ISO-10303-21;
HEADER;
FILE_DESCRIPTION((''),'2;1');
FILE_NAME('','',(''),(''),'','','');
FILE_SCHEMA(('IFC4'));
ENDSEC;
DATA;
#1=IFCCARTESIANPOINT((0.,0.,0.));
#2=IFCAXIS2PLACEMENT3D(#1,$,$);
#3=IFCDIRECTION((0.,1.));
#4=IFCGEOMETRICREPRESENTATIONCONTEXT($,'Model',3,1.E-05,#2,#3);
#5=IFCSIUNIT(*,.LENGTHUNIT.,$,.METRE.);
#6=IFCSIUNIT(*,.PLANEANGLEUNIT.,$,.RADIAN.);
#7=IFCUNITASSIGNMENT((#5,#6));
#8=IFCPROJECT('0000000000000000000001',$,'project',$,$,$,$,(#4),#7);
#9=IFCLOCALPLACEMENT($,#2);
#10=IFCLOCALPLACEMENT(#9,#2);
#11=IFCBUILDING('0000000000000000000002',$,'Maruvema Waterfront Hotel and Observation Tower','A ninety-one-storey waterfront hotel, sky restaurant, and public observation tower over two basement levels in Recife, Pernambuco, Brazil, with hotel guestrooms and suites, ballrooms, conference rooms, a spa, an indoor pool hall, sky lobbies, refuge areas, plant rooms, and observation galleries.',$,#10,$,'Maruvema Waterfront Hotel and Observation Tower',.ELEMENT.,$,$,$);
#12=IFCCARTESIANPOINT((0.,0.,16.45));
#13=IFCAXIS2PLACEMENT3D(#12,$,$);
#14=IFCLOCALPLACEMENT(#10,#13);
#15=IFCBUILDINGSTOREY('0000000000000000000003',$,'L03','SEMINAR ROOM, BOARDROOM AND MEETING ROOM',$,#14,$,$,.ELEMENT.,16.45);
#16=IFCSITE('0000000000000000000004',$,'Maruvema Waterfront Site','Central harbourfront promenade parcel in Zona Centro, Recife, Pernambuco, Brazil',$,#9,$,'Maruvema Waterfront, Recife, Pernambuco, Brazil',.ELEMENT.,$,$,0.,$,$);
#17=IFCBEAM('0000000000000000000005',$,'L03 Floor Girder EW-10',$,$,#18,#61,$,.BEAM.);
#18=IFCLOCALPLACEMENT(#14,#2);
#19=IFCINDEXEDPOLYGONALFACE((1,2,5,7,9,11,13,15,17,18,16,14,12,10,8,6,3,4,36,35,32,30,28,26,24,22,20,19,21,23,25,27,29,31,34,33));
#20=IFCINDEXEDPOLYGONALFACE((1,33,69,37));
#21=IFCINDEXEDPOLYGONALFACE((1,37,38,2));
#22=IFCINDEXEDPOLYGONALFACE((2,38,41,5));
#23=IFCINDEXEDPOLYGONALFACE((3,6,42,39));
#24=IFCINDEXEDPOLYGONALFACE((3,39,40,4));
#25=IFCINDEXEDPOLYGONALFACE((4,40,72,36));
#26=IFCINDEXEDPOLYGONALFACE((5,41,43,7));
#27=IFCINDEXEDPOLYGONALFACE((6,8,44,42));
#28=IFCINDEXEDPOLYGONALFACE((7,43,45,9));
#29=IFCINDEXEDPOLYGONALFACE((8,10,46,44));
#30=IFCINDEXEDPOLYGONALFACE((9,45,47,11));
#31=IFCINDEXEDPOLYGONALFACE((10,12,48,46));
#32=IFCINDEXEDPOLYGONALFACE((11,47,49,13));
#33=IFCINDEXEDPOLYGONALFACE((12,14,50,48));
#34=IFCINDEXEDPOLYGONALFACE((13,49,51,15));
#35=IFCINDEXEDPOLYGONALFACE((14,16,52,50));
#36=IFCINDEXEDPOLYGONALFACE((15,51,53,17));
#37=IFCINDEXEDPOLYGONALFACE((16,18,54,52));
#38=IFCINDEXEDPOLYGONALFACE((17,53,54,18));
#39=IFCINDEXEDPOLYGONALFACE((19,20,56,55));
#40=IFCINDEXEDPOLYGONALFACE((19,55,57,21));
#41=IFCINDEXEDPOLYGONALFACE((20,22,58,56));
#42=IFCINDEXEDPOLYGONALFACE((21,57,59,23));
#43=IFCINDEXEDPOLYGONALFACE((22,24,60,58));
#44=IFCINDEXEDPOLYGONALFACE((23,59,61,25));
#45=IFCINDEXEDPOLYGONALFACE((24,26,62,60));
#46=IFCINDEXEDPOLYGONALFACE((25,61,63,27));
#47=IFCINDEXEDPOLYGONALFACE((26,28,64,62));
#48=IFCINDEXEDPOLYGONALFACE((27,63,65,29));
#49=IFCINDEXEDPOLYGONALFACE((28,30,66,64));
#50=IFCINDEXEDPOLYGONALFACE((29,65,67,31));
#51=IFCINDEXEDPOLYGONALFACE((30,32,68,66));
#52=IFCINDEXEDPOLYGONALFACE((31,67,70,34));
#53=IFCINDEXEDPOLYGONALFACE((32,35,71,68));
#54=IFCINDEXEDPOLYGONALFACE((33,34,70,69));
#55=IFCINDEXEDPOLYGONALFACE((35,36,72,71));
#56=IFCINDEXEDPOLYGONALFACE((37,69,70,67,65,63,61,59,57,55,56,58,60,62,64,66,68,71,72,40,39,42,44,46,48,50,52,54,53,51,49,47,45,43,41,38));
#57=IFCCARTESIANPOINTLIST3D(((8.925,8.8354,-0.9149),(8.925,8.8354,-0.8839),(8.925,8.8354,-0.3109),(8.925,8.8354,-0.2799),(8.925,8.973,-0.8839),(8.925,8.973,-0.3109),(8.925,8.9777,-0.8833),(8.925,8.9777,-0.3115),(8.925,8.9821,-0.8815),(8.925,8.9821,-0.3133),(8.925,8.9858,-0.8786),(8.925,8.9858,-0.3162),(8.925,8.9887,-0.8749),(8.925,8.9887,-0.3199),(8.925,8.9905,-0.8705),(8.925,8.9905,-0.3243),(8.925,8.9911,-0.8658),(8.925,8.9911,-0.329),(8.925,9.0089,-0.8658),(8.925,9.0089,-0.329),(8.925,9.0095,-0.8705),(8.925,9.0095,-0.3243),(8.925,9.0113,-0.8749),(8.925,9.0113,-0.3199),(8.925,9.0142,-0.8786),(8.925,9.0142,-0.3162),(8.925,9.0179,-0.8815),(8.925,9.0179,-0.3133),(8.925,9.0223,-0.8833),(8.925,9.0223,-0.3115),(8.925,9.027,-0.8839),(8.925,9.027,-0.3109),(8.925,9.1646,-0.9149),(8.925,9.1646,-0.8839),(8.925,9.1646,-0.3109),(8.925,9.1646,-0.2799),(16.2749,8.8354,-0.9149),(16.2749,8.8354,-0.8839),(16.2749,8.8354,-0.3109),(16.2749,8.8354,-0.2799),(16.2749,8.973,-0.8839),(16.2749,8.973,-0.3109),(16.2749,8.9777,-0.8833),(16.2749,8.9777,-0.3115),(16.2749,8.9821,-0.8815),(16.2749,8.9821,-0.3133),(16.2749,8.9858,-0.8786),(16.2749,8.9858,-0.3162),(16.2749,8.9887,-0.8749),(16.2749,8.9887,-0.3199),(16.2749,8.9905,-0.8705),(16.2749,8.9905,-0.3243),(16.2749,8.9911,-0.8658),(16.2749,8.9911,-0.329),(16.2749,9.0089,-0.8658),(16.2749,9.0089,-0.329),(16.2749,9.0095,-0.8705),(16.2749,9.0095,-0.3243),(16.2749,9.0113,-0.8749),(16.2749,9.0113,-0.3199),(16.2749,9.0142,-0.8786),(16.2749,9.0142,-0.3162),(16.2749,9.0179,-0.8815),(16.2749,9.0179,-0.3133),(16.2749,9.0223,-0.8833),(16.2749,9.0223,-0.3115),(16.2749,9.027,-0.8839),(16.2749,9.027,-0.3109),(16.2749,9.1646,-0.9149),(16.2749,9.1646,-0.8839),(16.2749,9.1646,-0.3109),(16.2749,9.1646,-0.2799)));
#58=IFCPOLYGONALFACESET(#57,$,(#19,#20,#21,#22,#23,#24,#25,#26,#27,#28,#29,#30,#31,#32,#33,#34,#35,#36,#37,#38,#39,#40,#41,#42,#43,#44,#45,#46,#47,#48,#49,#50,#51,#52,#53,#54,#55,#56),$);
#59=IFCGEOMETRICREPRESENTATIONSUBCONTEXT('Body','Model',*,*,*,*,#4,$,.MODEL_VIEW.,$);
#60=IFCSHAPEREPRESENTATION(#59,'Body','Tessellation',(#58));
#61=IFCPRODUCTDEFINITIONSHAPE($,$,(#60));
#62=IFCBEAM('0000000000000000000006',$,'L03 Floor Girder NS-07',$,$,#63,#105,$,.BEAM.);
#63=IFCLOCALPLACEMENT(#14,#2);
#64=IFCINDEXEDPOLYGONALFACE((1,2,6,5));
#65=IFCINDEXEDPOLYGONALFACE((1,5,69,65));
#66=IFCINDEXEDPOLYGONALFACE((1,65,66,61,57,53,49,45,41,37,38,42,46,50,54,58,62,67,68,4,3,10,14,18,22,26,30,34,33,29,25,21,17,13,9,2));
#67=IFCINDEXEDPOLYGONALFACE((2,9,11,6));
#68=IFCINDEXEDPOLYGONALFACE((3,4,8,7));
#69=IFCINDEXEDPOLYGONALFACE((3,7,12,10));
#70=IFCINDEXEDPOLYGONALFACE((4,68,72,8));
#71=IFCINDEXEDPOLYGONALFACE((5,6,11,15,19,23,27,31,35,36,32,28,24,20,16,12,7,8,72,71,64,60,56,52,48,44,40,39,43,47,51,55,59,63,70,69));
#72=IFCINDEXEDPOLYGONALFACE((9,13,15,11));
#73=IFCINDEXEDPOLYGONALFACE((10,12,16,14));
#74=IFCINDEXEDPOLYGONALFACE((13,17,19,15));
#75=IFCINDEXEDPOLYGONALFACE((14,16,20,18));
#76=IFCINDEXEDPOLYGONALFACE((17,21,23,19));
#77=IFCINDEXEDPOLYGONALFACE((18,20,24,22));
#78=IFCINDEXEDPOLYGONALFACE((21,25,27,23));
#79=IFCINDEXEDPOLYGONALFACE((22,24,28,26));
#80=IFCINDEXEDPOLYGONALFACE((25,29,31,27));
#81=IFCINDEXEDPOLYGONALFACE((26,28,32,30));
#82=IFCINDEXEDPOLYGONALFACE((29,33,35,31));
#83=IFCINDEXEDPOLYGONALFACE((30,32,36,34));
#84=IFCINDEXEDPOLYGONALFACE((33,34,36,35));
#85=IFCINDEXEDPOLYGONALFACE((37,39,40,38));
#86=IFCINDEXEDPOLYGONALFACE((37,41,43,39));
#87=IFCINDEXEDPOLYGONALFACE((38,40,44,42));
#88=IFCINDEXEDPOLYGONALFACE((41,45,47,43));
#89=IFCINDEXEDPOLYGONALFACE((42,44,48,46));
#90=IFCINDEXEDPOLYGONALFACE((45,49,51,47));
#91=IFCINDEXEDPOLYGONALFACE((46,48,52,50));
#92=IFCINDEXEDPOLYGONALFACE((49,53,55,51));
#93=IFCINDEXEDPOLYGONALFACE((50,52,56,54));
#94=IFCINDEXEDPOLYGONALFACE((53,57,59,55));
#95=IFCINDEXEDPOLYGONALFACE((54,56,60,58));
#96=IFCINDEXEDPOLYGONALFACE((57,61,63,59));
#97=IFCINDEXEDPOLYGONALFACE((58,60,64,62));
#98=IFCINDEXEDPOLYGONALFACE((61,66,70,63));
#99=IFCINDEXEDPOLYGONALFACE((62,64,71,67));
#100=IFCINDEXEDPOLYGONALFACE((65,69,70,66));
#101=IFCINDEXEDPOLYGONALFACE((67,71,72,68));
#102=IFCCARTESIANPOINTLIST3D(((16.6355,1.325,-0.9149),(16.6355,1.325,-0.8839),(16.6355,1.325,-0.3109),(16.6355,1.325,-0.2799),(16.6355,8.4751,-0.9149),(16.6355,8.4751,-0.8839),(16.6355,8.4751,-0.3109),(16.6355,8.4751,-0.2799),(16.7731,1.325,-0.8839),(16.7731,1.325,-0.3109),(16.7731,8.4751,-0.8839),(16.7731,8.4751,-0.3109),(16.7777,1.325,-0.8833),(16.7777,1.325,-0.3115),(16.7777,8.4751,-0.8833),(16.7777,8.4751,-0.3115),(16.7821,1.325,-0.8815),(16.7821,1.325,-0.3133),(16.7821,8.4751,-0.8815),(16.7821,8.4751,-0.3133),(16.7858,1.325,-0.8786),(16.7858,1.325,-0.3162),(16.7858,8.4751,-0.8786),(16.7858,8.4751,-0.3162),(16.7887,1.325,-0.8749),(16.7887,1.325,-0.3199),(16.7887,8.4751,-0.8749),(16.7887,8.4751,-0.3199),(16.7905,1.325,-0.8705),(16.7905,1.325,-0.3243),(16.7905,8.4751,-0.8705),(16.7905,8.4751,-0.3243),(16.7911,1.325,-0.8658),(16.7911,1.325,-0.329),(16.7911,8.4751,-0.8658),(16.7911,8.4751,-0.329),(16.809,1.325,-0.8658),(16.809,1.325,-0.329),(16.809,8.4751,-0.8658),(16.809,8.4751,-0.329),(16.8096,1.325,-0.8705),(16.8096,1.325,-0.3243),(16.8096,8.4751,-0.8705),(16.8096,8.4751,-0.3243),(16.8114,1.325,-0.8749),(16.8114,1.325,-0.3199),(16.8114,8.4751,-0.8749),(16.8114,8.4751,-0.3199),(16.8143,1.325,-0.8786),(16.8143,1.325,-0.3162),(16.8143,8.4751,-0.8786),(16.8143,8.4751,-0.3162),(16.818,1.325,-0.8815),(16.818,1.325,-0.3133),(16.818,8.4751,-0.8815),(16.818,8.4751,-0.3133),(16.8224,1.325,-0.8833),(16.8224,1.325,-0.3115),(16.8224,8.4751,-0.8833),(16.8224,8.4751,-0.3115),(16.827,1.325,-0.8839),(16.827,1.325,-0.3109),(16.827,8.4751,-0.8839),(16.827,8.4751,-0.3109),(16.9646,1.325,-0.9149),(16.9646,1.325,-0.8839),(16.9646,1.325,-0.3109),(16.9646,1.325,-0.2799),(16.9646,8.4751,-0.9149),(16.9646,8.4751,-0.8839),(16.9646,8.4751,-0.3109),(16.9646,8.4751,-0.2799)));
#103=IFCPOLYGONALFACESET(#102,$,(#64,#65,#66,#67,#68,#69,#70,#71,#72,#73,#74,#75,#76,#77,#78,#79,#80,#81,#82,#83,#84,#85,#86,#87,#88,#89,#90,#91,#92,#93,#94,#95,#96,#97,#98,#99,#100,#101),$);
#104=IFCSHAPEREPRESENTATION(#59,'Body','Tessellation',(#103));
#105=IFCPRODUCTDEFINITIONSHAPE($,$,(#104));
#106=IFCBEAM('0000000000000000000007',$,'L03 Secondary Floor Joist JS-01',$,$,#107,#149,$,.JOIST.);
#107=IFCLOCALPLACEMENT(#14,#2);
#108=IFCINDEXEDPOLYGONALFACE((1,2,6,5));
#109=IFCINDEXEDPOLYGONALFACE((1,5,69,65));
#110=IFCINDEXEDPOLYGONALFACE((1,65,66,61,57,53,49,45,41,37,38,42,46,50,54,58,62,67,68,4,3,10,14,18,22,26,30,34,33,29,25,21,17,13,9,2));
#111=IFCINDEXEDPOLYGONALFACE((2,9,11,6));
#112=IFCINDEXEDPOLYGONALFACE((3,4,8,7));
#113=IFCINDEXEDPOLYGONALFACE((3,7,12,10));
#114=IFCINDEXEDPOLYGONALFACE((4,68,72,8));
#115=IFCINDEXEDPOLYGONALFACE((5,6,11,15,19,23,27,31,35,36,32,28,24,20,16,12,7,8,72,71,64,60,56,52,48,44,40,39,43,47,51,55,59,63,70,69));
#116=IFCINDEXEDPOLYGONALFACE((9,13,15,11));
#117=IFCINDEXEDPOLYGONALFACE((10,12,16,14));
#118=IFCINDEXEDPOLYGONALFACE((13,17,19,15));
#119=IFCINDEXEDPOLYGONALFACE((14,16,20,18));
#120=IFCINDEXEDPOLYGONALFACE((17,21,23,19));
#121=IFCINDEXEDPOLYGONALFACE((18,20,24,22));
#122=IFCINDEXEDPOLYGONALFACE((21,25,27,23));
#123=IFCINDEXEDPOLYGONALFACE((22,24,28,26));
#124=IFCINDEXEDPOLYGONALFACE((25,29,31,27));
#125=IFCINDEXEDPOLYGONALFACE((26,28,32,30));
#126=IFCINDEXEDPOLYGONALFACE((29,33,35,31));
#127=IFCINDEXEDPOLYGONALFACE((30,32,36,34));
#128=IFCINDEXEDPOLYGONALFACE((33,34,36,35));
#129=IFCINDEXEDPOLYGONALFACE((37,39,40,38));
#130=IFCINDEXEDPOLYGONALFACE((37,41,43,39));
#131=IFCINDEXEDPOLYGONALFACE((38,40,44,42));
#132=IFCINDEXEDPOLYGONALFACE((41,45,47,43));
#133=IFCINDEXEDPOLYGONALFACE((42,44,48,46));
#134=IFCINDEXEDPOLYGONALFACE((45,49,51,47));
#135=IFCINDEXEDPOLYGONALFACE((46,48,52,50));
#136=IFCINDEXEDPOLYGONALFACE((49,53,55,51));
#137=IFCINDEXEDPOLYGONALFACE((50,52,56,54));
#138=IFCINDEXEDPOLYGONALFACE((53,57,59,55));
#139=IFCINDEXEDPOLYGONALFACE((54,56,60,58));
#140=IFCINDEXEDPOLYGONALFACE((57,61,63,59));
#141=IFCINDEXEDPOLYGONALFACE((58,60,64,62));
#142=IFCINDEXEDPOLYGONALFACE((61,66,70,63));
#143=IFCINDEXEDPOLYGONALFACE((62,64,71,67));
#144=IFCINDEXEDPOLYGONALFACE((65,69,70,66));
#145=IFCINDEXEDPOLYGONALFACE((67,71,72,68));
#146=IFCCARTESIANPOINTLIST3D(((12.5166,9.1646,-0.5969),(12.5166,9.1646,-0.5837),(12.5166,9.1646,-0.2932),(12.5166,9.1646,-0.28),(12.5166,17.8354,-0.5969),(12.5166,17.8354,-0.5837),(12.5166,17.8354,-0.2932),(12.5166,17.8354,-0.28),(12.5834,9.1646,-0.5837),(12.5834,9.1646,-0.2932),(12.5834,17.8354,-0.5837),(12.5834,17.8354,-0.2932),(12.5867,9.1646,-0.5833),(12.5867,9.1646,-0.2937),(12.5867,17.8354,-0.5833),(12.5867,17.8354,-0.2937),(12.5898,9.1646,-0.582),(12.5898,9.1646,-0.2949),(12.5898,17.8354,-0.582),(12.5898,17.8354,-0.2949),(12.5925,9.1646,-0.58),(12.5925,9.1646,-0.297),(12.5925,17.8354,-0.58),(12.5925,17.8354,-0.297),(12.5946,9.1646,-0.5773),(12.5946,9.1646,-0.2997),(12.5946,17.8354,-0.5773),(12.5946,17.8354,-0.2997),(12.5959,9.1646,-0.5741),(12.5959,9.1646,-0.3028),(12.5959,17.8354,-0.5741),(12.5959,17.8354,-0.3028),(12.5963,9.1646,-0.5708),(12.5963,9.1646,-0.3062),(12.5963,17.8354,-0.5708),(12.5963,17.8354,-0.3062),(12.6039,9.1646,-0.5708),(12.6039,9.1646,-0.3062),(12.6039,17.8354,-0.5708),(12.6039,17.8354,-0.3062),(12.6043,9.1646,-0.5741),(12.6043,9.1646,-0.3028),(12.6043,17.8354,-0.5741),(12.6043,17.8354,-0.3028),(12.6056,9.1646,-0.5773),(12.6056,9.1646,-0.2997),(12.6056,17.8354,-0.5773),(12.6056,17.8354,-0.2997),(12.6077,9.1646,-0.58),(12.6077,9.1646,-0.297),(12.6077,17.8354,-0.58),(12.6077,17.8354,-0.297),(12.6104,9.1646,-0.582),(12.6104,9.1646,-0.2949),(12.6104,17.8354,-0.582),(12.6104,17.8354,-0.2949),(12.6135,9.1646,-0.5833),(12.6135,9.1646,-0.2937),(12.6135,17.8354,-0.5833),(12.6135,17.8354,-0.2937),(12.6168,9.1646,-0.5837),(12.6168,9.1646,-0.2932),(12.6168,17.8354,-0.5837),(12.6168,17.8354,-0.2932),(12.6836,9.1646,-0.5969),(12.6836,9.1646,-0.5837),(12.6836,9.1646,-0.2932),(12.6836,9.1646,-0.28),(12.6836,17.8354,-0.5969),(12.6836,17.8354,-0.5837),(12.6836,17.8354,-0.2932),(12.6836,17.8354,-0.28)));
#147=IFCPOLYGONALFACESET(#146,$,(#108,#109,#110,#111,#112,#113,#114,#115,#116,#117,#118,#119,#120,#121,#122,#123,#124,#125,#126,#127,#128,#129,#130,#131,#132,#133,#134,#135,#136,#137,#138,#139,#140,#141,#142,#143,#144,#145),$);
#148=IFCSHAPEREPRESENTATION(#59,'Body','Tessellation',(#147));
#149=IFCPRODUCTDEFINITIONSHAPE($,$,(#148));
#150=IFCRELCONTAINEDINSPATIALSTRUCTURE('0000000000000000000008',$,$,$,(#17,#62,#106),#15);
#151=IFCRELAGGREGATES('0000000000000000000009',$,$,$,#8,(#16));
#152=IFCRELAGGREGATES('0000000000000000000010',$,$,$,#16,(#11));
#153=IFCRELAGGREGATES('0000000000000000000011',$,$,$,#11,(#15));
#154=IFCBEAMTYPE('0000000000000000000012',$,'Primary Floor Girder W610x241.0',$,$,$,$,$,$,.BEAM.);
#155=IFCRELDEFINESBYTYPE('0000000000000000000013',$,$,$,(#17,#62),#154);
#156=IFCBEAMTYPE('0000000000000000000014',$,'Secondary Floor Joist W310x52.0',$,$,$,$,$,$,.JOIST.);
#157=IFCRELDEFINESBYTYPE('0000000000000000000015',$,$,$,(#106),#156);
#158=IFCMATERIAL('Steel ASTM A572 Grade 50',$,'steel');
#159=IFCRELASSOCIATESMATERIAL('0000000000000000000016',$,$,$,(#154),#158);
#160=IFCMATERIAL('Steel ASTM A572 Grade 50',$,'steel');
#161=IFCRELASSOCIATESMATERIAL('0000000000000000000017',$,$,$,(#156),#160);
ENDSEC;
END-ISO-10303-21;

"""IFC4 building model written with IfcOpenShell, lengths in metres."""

from ifc_helpers import new_model, si_unit, direction, frame, origin, origin_2d, place, context, subcontext, project, spatial, i_section, extrude, material, material_profile, profile_set, type_object, element, save


model = new_model("IFC4")

# Units and contexts
model_context = context("Model", 3, precision=1e-05, world=origin(), true_north=direction((0.0, 1.0)))
body_context = subcontext(model_context, "Body", "Model", "MODEL_VIEW")
ifc_project = project(units=[si_unit("LENGTHUNIT", "METRE"), si_unit("PLANEANGLEUNIT", "RADIAN")], contexts=[model_context])

# Site, building, storey
site_placement = place(None, origin())
site = spatial("IfcSite", under=ifc_project, at=site_placement, Name="Maruvema Waterfront Site", Description="Central harbourfront promenade parcel in Zona Centro, Recife, Pernambuco, Brazil", LongName="Maruvema Waterfront, Recife, Pernambuco, Brazil", CompositionType="ELEMENT", RefElevation=0.0)
building_placement = place(site_placement, origin())
building = spatial("IfcBuilding", under=site, at=building_placement, Name="Maruvema Waterfront Hotel and Observation Tower", Description="A ninety-one-storey waterfront hotel, sky restaurant, and public observation tower over two basement levels in Recife, Pernambuco, Brazil, with hotel guestrooms and suites, ballrooms, conference rooms, a spa, an indoor pool hall, sky lobbies, refuge areas, plant rooms, and observation galleries.", LongName="Maruvema Waterfront Hotel and Observation Tower", CompositionType="ELEMENT")
storey_placement = place(building_placement, frame((0.0, 0.0, 16.45)))
storey = spatial("IfcBuildingStorey", under=building, at=storey_placement, Name="L03", Description="SEMINAR ROOM, BOARDROOM AND MEETING ROOM", CompositionType="ELEMENT", Elevation=16.45)

# Beams
ifc_material_1 = material(Name="Steel ASTM A572 Grade 50", Category="steel")
ifc_material_profile_1 = material_profile(ifc_material_1, i_section(OverallWidth=0.3291, OverallDepth=0.635, WebThickness=0.0178, FlangeThickness=0.031, FilletRadius=0.0181, at=origin_2d()), Name="W610x241.0")
ifc_profile_set_1 = profile_set([ifc_material_profile_1], Name="Steel ASTM A572 Grade 50")
beam_type_1 = type_object("IfcBeamType", Name="Primary Floor Girder W610x241.0", PredefinedType="BEAM", material=ifc_profile_set_1)
beam_1_placement = place(storey_placement, frame((8.925, 9.0, -0.5974), z_axis=(1.0, 0.0, 0.0), x_axis=(0.0, 1.0, 0.0)))
element("IfcBeam", 1, at=beam_1_placement, inside=storey, type_object=beam_type_1, Name="L03 Floor Girder EW-10", PredefinedType="BEAM", context=body_context, shape_type="SweptSolid", body=[
    extrude(i_section(OverallWidth=0.3291, OverallDepth=0.635, WebThickness=0.0178, FlangeThickness=0.031, FilletRadius=0.0181, at=origin_2d()), origin(), (0.0, 0.0, 1.0), 7.3499),
])
beam_2_placement = place(storey_placement, frame((16.8, 1.325, -0.5974), z_axis=(0.0, 1.0, 0.0), x_axis=(-1.0, 0.0, 0.0)))
element("IfcBeam", 2, at=beam_2_placement, inside=storey, type_object=beam_type_1, Name="L03 Floor Girder NS-07", PredefinedType="BEAM", context=body_context, shape_type="SweptSolid", body=[
    extrude(i_section(OverallWidth=0.3291, OverallDepth=0.635, WebThickness=0.0178, FlangeThickness=0.031, FilletRadius=0.0181, at=origin_2d()), origin(), (0.0, 0.0, 1.0), 7.1501),
])
ifc_material_2 = material(Name="Steel ASTM A572 Grade 50", Category="steel")
ifc_material_profile_2 = material_profile(ifc_material_2, i_section(OverallWidth=0.167, OverallDepth=0.3169, WebThickness=0.0076, FlangeThickness=0.0132, FilletRadius=0.0129, at=origin_2d()), Name="W310x52.0")
ifc_profile_set_2 = profile_set([ifc_material_profile_2], Name="Steel ASTM A572 Grade 50")
beam_type_2 = type_object("IfcBeamType", Name="Secondary Floor Joist W310x52.0", PredefinedType="JOIST", material=ifc_profile_set_2)
beam_3_placement = place(storey_placement, frame((12.6001, 9.1646, -0.4385), z_axis=(0.0, 1.0, 0.0), x_axis=(-1.0, 0.0, 0.0)))
element("IfcBeam", 3, at=beam_3_placement, inside=storey, type_object=beam_type_2, Name="L03 Secondary Floor Joist JS-01", PredefinedType="JOIST", context=body_context, shape_type="SweptSolid", body=[
    extrude(i_section(OverallWidth=0.167, OverallDepth=0.3169, WebThickness=0.0076, FlangeThickness=0.0132, FilletRadius=0.0129, at=origin_2d()), origin(), (0.0, 0.0, 1.0), 8.6709),
])

save(model, "model.ifc")
